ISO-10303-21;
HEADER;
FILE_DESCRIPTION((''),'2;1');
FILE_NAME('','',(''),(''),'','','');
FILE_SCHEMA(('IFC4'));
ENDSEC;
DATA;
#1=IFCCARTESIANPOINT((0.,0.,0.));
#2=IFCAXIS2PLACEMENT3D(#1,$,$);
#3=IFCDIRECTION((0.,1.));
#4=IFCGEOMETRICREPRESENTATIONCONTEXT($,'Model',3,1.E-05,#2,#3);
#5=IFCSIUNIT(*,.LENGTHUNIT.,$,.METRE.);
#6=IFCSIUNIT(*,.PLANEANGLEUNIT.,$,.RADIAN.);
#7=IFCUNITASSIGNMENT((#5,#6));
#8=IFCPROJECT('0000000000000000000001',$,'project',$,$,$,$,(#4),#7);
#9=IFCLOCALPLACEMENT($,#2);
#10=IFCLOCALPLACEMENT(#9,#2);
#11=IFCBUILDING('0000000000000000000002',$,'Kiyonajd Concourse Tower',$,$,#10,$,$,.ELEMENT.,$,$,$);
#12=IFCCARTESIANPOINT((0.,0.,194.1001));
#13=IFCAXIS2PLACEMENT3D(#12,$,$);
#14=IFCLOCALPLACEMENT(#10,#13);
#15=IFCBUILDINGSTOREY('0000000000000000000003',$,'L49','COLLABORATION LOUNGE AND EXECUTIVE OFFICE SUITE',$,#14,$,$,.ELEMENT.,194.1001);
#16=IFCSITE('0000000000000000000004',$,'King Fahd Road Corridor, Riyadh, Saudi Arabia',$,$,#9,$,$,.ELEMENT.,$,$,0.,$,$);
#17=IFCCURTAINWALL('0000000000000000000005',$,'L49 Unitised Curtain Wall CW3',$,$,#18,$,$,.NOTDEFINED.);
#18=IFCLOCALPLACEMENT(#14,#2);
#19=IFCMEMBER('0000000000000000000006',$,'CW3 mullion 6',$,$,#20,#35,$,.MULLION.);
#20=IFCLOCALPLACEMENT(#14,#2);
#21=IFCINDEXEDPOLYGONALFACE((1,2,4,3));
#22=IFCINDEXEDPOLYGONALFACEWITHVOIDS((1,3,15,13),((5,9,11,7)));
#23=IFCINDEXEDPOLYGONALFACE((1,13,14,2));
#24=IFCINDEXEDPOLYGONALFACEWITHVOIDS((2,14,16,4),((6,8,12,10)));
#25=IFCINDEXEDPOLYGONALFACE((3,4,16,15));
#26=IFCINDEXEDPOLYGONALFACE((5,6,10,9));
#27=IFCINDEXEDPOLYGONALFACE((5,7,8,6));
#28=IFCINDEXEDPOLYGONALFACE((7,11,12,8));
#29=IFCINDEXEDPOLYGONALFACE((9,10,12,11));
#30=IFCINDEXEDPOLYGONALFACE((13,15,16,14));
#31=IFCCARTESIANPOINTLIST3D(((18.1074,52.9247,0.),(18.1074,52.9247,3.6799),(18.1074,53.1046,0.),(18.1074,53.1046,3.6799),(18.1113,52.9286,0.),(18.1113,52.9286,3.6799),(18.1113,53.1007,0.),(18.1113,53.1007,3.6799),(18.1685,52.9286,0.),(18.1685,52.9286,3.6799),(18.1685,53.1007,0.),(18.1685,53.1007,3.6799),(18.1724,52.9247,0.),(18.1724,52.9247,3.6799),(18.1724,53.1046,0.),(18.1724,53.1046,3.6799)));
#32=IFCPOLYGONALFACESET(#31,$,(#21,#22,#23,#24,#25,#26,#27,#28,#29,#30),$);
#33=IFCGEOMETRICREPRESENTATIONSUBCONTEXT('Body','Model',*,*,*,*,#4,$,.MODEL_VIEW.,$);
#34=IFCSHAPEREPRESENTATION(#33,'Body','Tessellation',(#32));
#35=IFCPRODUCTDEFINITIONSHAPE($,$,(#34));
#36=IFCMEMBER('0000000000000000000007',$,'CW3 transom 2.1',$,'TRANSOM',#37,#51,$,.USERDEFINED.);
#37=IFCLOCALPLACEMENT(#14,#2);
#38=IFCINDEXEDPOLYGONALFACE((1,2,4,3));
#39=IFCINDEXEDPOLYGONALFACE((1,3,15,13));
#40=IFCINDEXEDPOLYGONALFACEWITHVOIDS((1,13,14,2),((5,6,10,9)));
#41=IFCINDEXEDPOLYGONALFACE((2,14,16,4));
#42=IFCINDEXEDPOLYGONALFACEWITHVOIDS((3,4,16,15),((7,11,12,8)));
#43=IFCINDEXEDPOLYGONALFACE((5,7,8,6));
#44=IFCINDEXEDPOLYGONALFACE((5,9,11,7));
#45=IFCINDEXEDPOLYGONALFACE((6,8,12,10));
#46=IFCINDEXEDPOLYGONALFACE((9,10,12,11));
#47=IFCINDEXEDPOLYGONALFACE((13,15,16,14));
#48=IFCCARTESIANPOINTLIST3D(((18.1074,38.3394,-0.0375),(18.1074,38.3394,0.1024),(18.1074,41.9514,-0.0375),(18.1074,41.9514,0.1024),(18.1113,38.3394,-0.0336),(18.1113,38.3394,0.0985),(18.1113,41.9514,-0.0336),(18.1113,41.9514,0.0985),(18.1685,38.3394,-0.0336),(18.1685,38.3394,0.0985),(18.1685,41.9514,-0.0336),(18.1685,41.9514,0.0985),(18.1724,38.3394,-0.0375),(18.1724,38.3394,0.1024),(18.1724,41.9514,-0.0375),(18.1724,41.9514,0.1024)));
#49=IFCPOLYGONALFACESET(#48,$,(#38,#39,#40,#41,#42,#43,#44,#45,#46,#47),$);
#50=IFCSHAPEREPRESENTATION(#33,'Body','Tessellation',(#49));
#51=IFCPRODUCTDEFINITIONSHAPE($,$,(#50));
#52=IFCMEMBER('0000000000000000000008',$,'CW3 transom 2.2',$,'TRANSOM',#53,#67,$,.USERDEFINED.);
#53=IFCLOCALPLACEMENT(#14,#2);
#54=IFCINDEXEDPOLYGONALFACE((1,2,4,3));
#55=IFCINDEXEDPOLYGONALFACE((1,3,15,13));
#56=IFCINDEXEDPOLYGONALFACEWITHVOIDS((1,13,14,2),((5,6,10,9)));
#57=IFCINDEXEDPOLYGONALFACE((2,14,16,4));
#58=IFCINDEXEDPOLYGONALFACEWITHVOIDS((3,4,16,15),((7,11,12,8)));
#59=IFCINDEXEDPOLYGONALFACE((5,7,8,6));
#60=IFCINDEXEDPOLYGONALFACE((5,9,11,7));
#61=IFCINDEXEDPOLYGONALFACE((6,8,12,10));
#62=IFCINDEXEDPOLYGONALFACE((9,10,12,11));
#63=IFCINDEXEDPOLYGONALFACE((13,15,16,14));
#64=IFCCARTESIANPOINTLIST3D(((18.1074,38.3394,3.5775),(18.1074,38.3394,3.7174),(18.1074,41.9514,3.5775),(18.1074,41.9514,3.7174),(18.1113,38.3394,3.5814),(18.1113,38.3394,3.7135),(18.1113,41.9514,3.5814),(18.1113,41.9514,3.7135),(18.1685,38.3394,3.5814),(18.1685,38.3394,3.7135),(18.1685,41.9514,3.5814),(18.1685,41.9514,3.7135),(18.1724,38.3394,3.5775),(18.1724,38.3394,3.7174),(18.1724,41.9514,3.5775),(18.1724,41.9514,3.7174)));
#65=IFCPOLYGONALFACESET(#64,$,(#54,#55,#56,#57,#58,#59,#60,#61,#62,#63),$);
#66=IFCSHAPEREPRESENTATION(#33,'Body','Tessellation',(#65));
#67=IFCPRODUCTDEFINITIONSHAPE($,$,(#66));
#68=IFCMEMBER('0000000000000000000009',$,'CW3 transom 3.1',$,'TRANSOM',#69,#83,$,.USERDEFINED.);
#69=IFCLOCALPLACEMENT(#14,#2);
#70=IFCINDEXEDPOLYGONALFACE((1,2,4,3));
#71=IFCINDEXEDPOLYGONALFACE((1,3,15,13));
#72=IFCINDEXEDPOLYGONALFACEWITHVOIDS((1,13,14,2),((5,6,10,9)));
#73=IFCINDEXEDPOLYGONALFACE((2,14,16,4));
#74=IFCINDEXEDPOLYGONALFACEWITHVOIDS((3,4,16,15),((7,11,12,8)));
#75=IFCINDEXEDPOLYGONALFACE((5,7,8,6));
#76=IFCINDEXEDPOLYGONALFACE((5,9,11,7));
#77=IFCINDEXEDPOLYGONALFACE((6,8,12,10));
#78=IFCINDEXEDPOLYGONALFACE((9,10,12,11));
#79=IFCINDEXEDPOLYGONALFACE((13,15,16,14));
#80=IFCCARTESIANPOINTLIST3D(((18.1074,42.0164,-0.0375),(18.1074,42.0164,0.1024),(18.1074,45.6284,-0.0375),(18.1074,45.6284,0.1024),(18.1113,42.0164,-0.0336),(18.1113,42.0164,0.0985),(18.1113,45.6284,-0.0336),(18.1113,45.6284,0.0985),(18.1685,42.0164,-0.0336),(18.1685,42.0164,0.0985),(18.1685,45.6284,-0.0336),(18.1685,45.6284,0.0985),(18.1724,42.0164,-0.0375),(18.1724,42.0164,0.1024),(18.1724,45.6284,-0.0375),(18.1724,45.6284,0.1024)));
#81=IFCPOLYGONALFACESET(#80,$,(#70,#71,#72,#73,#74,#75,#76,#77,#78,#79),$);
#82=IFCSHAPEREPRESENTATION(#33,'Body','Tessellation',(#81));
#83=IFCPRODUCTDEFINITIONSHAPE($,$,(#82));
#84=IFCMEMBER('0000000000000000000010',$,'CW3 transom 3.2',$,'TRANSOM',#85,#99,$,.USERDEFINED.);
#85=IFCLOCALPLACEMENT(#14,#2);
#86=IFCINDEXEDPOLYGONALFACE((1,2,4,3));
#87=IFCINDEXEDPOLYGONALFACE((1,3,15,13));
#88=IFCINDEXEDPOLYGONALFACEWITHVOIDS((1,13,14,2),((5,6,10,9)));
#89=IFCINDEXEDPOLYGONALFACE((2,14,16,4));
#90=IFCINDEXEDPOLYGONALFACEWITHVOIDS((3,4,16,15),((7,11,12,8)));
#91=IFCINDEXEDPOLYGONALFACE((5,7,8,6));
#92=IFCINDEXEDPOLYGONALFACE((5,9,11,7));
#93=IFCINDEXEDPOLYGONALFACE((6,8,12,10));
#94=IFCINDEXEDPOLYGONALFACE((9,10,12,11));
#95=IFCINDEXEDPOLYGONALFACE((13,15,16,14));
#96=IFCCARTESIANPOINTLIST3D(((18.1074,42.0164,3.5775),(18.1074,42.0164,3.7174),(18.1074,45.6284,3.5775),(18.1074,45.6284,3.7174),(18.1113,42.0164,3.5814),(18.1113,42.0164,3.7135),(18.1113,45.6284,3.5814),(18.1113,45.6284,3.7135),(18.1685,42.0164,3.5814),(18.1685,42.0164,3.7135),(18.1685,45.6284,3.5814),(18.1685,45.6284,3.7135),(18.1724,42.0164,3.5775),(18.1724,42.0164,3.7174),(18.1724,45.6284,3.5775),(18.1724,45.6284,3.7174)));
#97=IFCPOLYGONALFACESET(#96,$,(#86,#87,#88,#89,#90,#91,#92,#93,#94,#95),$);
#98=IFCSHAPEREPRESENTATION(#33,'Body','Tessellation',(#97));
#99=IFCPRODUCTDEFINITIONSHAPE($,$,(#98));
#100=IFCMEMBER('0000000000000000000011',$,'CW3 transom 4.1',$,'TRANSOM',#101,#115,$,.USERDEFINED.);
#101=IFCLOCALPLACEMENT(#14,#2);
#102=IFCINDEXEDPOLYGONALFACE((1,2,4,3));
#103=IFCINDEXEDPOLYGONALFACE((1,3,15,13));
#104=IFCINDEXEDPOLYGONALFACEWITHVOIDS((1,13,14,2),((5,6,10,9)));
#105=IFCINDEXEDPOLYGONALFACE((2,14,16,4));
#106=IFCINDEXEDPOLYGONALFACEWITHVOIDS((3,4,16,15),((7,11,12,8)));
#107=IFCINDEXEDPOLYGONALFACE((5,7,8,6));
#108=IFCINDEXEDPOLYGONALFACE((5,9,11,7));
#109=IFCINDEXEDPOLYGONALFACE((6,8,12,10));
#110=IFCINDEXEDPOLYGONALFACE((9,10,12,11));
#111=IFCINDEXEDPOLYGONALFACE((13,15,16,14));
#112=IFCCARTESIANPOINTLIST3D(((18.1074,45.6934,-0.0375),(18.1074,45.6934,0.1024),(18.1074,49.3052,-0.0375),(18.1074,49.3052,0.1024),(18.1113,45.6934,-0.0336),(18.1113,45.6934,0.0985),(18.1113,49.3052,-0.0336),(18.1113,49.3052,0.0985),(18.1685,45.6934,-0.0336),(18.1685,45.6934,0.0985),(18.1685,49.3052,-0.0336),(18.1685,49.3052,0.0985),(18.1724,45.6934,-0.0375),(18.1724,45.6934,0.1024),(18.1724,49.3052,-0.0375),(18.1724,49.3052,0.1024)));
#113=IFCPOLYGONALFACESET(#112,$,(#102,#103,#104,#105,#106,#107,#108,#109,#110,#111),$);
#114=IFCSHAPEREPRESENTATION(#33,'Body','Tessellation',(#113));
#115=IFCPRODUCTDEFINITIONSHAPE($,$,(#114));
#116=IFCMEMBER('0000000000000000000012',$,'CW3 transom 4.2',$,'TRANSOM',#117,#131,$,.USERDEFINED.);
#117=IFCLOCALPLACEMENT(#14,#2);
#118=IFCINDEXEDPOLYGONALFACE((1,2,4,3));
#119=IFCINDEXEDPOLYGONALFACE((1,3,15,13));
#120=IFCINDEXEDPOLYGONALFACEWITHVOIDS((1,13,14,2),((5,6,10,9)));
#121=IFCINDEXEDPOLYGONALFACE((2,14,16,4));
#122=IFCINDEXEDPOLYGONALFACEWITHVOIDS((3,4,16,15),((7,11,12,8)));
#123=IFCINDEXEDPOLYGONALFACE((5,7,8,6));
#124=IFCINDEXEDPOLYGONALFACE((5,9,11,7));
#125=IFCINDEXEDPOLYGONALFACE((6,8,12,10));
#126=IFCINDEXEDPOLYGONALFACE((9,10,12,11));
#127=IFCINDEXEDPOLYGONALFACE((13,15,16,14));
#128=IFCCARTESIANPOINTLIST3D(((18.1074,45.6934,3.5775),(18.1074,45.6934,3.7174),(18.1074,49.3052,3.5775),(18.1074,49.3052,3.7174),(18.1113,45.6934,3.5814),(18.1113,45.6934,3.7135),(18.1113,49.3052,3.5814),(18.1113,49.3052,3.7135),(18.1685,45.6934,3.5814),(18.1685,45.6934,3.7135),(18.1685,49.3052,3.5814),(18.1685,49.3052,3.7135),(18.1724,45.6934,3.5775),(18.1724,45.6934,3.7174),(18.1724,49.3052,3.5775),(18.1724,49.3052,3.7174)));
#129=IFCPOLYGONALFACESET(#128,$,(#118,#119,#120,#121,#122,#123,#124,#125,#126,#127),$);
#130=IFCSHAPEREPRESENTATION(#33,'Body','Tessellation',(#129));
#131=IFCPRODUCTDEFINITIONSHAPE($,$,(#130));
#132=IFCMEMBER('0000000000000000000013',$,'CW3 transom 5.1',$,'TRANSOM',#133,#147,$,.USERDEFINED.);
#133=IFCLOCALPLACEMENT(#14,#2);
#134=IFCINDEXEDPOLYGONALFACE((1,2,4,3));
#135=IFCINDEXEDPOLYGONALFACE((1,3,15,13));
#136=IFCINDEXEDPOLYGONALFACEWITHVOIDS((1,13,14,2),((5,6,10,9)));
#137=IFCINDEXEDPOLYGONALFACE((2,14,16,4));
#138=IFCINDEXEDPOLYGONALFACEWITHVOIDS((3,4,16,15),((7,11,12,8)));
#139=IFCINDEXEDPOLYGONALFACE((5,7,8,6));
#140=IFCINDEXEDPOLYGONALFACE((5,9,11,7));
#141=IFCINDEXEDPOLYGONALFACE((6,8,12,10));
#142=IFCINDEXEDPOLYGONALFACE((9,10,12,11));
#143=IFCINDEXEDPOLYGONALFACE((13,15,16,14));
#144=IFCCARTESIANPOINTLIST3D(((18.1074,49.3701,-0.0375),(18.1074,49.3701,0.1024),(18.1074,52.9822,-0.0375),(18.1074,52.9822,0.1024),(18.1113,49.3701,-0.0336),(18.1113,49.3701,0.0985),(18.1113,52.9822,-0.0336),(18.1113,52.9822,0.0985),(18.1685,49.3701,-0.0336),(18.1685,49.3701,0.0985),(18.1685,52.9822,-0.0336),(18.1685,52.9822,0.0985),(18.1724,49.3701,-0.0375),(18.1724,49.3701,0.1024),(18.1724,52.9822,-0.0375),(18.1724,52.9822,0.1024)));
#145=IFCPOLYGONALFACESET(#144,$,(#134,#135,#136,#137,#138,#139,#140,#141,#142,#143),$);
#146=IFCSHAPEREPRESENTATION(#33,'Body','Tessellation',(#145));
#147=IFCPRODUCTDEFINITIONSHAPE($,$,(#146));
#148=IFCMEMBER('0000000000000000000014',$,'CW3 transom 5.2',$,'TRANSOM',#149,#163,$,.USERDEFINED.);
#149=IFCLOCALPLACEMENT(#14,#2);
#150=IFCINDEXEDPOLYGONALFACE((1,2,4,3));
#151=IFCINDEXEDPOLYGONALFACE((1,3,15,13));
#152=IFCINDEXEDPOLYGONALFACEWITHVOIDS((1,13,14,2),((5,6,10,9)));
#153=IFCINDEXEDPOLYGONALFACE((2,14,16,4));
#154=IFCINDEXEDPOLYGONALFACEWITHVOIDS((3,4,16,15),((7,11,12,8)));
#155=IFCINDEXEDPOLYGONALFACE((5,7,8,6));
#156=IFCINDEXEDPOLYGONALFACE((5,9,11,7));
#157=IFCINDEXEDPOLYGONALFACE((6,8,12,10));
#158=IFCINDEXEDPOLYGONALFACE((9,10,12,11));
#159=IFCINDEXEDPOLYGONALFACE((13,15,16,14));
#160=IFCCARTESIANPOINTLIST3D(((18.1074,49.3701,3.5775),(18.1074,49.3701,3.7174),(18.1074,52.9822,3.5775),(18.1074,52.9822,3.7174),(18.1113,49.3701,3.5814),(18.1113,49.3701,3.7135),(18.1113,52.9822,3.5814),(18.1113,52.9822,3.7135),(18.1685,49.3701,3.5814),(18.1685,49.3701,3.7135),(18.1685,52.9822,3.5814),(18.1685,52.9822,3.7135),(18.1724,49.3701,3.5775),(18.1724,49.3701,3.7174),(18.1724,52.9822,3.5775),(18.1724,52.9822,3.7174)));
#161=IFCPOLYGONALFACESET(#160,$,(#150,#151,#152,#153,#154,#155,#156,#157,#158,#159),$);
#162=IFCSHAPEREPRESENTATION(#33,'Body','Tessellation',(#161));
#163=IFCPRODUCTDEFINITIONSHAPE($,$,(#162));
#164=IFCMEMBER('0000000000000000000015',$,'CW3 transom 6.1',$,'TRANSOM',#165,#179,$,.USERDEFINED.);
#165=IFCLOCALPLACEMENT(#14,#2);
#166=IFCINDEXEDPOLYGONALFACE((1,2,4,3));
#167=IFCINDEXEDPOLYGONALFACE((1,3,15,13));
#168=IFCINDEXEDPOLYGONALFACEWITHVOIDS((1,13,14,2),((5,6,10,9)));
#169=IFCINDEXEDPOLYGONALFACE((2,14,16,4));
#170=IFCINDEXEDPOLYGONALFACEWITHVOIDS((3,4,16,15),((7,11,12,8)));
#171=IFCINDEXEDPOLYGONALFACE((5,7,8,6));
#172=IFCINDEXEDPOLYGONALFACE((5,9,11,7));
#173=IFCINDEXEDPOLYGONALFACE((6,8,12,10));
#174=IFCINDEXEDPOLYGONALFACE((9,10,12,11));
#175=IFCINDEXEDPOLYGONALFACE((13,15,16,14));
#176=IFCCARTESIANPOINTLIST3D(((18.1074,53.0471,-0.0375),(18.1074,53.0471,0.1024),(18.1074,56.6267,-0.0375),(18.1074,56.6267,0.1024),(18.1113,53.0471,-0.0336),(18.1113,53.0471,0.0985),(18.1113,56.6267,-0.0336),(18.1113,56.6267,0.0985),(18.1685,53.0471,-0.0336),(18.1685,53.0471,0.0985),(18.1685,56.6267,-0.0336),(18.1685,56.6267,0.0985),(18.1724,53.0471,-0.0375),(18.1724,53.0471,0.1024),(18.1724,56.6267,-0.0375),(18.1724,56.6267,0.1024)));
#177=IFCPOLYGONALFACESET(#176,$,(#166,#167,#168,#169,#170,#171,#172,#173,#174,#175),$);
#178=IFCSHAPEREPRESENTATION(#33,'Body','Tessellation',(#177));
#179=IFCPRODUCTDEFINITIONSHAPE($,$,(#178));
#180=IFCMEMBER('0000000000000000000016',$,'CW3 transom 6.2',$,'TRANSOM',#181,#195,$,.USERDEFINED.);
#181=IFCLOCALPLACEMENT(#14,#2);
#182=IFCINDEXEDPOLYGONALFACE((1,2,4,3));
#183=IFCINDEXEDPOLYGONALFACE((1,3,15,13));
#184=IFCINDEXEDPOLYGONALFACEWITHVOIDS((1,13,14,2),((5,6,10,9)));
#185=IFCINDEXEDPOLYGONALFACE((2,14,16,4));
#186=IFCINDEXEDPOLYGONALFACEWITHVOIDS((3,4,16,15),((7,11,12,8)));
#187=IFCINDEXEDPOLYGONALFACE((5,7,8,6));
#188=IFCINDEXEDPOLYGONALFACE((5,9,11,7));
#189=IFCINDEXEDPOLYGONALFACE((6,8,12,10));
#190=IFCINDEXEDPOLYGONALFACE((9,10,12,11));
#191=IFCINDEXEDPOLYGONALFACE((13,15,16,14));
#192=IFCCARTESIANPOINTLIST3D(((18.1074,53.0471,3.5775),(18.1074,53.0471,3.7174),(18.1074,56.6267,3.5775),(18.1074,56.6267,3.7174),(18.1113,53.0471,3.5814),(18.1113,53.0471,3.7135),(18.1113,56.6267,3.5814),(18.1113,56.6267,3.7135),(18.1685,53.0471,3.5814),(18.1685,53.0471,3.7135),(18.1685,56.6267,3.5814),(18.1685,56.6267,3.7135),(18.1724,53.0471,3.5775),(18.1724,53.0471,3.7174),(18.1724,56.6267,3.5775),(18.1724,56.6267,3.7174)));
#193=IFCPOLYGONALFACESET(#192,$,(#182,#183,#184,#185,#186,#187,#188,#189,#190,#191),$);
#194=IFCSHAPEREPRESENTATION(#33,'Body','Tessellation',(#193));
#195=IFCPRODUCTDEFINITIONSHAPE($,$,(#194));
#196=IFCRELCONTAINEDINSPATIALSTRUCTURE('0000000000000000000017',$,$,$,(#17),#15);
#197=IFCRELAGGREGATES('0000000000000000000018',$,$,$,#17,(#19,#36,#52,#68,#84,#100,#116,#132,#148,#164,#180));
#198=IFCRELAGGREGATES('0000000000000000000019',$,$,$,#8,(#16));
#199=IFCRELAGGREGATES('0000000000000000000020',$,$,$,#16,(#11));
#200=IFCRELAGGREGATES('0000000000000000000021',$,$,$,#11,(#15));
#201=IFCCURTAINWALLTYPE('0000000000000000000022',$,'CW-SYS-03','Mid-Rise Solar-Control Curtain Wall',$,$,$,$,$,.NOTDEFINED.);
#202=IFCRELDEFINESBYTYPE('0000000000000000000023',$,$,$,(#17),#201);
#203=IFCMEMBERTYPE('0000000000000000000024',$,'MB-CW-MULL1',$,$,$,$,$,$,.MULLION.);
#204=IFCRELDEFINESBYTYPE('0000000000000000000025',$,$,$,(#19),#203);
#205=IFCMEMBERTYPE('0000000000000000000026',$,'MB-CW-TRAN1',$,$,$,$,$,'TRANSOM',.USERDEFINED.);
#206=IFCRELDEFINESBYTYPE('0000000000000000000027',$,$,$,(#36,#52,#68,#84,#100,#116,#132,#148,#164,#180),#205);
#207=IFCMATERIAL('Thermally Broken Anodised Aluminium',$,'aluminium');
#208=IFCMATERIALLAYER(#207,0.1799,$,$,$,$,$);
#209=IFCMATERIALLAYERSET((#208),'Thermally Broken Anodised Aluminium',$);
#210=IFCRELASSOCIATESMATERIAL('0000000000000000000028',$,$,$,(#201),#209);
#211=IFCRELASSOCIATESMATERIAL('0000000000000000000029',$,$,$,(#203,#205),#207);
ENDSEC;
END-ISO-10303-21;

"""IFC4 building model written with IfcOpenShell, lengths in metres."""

from ifc_helpers import new_model, si_unit, direction, frame, origin, origin_2d, place, context, subcontext, project, spatial, hollow_rectangle, extrude, material, layer, layer_set, material_profile, profile_set, type_object, element, aggregate, save


model = new_model("IFC4")

# Units and contexts
model_context = context("Model", 3, precision=1e-05, world=origin(), true_north=direction((0.0, 1.0)))
body_context = subcontext(model_context, "Body", "Model", "MODEL_VIEW")
ifc_project = project(units=[si_unit("LENGTHUNIT", "METRE"), si_unit("PLANEANGLEUNIT", "RADIAN")], contexts=[model_context])

# Site, building, storey
site_placement = place(None, origin())
site = spatial("IfcSite", under=ifc_project, at=site_placement, Name="King Fahd Road Corridor, Riyadh, Saudi Arabia", CompositionType="ELEMENT", RefElevation=0.0)
building_placement = place(site_placement, origin())
building = spatial("IfcBuilding", under=site, at=building_placement, Name="Kiyonajd Concourse Tower", CompositionType="ELEMENT")
storey_placement = place(building_placement, frame((0.0, 0.0, 194.1001)))
storey = spatial("IfcBuildingStorey", under=building, at=storey_placement, Name="L49", Description="COLLABORATION LOUNGE AND EXECUTIVE OFFICE SUITE", CompositionType="ELEMENT", Elevation=194.1001)

# Curtain wall, members
ifc_material_1 = material(Name="Thermally Broken Anodised Aluminium", Category="aluminium")
ifc_layer_1 = layer(ifc_material_1, 0.1799)
ifc_layer_set_1 = layer_set([ifc_layer_1], Name="Thermally Broken Anodised Aluminium")
curtain_wall_type = type_object("IfcCurtainWallType", Name="CW-SYS-03", Description="Mid-Rise Solar-Control Curtain Wall", PredefinedType="NOTDEFINED", material=ifc_layer_set_1)
curtain_wall_placement = place(storey_placement, origin())
curtain_wall = element("IfcCurtainWall", 1, at=curtain_wall_placement, inside=storey, type_object=curtain_wall_type, Name="L49 Unitised Curtain Wall CW3", PredefinedType="NOTDEFINED")
ifc_material_profile_1 = material_profile(ifc_material_1, hollow_rectangle(XDim=0.0649, YDim=0.1799, WallThickness=0.0039, at=origin_2d()), Name="MULL-65x180")
ifc_profile_set_1 = profile_set([ifc_material_profile_1], Name="Thermally Broken Anodised Aluminium")
member_type_1 = type_object("IfcMemberType", Name="MB-CW-MULL1", PredefinedType="MULLION", material=ifc_profile_set_1)
member_1_placement = place(storey_placement, frame((18.1399, 53.0146, 0.0), z_axis=(0.0, 0.0, 1.0), x_axis=(-1.0, 0.0, 0.0)))
member_1 = element("IfcMember", 2, at=member_1_placement, type_object=member_type_1, Name="CW3 mullion 6", PredefinedType="MULLION", context=body_context, shape_type="SweptSolid", body=[
    extrude(hollow_rectangle(XDim=0.0649, YDim=0.1799, WallThickness=0.0039, at=origin_2d()), origin(), (0.0, 0.0, 1.0), 3.6799),
])
ifc_material_profile_2 = material_profile(ifc_material_1, hollow_rectangle(XDim=0.0649, YDim=0.1399, WallThickness=0.0039, at=origin_2d()), Name="TRAN-65x140")
ifc_profile_set_2 = profile_set([ifc_material_profile_2], Name="Thermally Broken Anodised Aluminium")
member_type_2 = type_object("IfcMemberType", Name="MB-CW-TRAN1", ElementType="TRANSOM", PredefinedType="USERDEFINED", material=ifc_profile_set_2)
member_2_placement = place(storey_placement, frame((18.1399, 38.3394, 0.0325), z_axis=(0.0, 1.0, 0.0), x_axis=(-1.0, 0.0, 0.0)))
member_2 = element("IfcMember", 3, at=member_2_placement, type_object=member_type_2, Name="CW3 transom 2.1", ObjectType="TRANSOM", PredefinedType="USERDEFINED", context=body_context, shape_type="SweptSolid", body=[
    extrude(hollow_rectangle(XDim=0.0649, YDim=0.1399, WallThickness=0.0039, at=origin_2d()), origin(), (0.0, 0.0, 1.0), 3.6121),
])
member_3_placement = place(storey_placement, frame((18.1399, 38.3394, 3.6475), z_axis=(0.0, 1.0, 0.0), x_axis=(-1.0, 0.0, 0.0)))
member_3 = element("IfcMember", 4, at=member_3_placement, type_object=member_type_2, Name="CW3 transom 2.2", ObjectType="TRANSOM", PredefinedType="USERDEFINED", context=body_context, shape_type="SweptSolid", body=[
    extrude(hollow_rectangle(XDim=0.0649, YDim=0.1399, WallThickness=0.0039, at=origin_2d()), origin(), (0.0, 0.0, 1.0), 3.6121),
])
member_4_placement = place(storey_placement, frame((18.1399, 42.0164, 0.0325), z_axis=(0.0, 1.0, 0.0), x_axis=(-1.0, 0.0, 0.0)))
member_4 = element("IfcMember", 5, at=member_4_placement, type_object=member_type_2, Name="CW3 transom 3.1", ObjectType="TRANSOM", PredefinedType="USERDEFINED", context=body_context, shape_type="SweptSolid", body=[
    extrude(hollow_rectangle(XDim=0.0649, YDim=0.1399, WallThickness=0.0039, at=origin_2d()), origin(), (0.0, 0.0, 1.0), 3.6121),
])
member_5_placement = place(storey_placement, frame((18.1399, 42.0164, 3.6475), z_axis=(0.0, 1.0, 0.0), x_axis=(-1.0, 0.0, 0.0)))
member_5 = element("IfcMember", 6, at=member_5_placement, type_object=member_type_2, Name="CW3 transom 3.2", ObjectType="TRANSOM", PredefinedType="USERDEFINED", context=body_context, shape_type="SweptSolid", body=[
    extrude(hollow_rectangle(XDim=0.0649, YDim=0.1399, WallThickness=0.0039, at=origin_2d()), origin(), (0.0, 0.0, 1.0), 3.6121),
])
member_6_placement = place(storey_placement, frame((18.1399, 45.6934, 0.0325), z_axis=(0.0, 1.0, 0.0), x_axis=(-1.0, 0.0, 0.0)))
member_6 = element("IfcMember", 7, at=member_6_placement, type_object=member_type_2, Name="CW3 transom 4.1", ObjectType="TRANSOM", PredefinedType="USERDEFINED", context=body_context, shape_type="SweptSolid", body=[
    extrude(hollow_rectangle(XDim=0.0649, YDim=0.1399, WallThickness=0.0039, at=origin_2d()), origin(), (0.0, 0.0, 1.0), 3.6118),
])
member_7_placement = place(storey_placement, frame((18.1399, 45.6934, 3.6475), z_axis=(0.0, 1.0, 0.0), x_axis=(-1.0, 0.0, 0.0)))
member_7 = element("IfcMember", 8, at=member_7_placement, type_object=member_type_2, Name="CW3 transom 4.2", ObjectType="TRANSOM", PredefinedType="USERDEFINED", context=body_context, shape_type="SweptSolid", body=[
    extrude(hollow_rectangle(XDim=0.0649, YDim=0.1399, WallThickness=0.0039, at=origin_2d()), origin(), (0.0, 0.0, 1.0), 3.6118),
])
member_8_placement = place(storey_placement, frame((18.1399, 49.3701, 0.0325), z_axis=(0.0, 1.0, 0.0), x_axis=(-1.0, 0.0, 0.0)))
member_8 = element("IfcMember", 9, at=member_8_placement, type_object=member_type_2, Name="CW3 transom 5.1", ObjectType="TRANSOM", PredefinedType="USERDEFINED", context=body_context, shape_type="SweptSolid", body=[
    extrude(hollow_rectangle(XDim=0.0649, YDim=0.1399, WallThickness=0.0039, at=origin_2d()), origin(), (0.0, 0.0, 1.0), 3.6121),
])
member_9_placement = place(storey_placement, frame((18.1399, 49.3701, 3.6475), z_axis=(0.0, 1.0, 0.0), x_axis=(-1.0, 0.0, 0.0)))
member_9 = element("IfcMember", 10, at=member_9_placement, type_object=member_type_2, Name="CW3 transom 5.2", ObjectType="TRANSOM", PredefinedType="USERDEFINED", context=body_context, shape_type="SweptSolid", body=[
    extrude(hollow_rectangle(XDim=0.0649, YDim=0.1399, WallThickness=0.0039, at=origin_2d()), origin(), (0.0, 0.0, 1.0), 3.6121),
])
member_10_placement = place(storey_placement, frame((18.1399, 53.0471, 0.0325), z_axis=(0.0, 1.0, 0.0), x_axis=(-1.0, 0.0, 0.0)))
member_10 = element("IfcMember", 11, at=member_10_placement, type_object=member_type_2, Name="CW3 transom 6.1", ObjectType="TRANSOM", PredefinedType="USERDEFINED", context=body_context, shape_type="SweptSolid", body=[
    extrude(hollow_rectangle(XDim=0.0649, YDim=0.1399, WallThickness=0.0039, at=origin_2d()), origin(), (0.0, 0.0, 1.0), 3.5796),
])
member_11_placement = place(storey_placement, frame((18.1399, 53.0471, 3.6475), z_axis=(0.0, 1.0, 0.0), x_axis=(-1.0, 0.0, 0.0)))
member_11 = element("IfcMember", 12, at=member_11_placement, type_object=member_type_2, Name="CW3 transom 6.2", ObjectType="TRANSOM", PredefinedType="USERDEFINED", context=body_context, shape_type="SweptSolid", body=[
    extrude(hollow_rectangle(XDim=0.0649, YDim=0.1399, WallThickness=0.0039, at=origin_2d()), origin(), (0.0, 0.0, 1.0), 3.5796),
])
aggregate(curtain_wall, [member_1, member_2, member_3, member_4, member_5, member_6, member_7, member_8, member_9, member_10, member_11])

save(model, "model.ifc")
